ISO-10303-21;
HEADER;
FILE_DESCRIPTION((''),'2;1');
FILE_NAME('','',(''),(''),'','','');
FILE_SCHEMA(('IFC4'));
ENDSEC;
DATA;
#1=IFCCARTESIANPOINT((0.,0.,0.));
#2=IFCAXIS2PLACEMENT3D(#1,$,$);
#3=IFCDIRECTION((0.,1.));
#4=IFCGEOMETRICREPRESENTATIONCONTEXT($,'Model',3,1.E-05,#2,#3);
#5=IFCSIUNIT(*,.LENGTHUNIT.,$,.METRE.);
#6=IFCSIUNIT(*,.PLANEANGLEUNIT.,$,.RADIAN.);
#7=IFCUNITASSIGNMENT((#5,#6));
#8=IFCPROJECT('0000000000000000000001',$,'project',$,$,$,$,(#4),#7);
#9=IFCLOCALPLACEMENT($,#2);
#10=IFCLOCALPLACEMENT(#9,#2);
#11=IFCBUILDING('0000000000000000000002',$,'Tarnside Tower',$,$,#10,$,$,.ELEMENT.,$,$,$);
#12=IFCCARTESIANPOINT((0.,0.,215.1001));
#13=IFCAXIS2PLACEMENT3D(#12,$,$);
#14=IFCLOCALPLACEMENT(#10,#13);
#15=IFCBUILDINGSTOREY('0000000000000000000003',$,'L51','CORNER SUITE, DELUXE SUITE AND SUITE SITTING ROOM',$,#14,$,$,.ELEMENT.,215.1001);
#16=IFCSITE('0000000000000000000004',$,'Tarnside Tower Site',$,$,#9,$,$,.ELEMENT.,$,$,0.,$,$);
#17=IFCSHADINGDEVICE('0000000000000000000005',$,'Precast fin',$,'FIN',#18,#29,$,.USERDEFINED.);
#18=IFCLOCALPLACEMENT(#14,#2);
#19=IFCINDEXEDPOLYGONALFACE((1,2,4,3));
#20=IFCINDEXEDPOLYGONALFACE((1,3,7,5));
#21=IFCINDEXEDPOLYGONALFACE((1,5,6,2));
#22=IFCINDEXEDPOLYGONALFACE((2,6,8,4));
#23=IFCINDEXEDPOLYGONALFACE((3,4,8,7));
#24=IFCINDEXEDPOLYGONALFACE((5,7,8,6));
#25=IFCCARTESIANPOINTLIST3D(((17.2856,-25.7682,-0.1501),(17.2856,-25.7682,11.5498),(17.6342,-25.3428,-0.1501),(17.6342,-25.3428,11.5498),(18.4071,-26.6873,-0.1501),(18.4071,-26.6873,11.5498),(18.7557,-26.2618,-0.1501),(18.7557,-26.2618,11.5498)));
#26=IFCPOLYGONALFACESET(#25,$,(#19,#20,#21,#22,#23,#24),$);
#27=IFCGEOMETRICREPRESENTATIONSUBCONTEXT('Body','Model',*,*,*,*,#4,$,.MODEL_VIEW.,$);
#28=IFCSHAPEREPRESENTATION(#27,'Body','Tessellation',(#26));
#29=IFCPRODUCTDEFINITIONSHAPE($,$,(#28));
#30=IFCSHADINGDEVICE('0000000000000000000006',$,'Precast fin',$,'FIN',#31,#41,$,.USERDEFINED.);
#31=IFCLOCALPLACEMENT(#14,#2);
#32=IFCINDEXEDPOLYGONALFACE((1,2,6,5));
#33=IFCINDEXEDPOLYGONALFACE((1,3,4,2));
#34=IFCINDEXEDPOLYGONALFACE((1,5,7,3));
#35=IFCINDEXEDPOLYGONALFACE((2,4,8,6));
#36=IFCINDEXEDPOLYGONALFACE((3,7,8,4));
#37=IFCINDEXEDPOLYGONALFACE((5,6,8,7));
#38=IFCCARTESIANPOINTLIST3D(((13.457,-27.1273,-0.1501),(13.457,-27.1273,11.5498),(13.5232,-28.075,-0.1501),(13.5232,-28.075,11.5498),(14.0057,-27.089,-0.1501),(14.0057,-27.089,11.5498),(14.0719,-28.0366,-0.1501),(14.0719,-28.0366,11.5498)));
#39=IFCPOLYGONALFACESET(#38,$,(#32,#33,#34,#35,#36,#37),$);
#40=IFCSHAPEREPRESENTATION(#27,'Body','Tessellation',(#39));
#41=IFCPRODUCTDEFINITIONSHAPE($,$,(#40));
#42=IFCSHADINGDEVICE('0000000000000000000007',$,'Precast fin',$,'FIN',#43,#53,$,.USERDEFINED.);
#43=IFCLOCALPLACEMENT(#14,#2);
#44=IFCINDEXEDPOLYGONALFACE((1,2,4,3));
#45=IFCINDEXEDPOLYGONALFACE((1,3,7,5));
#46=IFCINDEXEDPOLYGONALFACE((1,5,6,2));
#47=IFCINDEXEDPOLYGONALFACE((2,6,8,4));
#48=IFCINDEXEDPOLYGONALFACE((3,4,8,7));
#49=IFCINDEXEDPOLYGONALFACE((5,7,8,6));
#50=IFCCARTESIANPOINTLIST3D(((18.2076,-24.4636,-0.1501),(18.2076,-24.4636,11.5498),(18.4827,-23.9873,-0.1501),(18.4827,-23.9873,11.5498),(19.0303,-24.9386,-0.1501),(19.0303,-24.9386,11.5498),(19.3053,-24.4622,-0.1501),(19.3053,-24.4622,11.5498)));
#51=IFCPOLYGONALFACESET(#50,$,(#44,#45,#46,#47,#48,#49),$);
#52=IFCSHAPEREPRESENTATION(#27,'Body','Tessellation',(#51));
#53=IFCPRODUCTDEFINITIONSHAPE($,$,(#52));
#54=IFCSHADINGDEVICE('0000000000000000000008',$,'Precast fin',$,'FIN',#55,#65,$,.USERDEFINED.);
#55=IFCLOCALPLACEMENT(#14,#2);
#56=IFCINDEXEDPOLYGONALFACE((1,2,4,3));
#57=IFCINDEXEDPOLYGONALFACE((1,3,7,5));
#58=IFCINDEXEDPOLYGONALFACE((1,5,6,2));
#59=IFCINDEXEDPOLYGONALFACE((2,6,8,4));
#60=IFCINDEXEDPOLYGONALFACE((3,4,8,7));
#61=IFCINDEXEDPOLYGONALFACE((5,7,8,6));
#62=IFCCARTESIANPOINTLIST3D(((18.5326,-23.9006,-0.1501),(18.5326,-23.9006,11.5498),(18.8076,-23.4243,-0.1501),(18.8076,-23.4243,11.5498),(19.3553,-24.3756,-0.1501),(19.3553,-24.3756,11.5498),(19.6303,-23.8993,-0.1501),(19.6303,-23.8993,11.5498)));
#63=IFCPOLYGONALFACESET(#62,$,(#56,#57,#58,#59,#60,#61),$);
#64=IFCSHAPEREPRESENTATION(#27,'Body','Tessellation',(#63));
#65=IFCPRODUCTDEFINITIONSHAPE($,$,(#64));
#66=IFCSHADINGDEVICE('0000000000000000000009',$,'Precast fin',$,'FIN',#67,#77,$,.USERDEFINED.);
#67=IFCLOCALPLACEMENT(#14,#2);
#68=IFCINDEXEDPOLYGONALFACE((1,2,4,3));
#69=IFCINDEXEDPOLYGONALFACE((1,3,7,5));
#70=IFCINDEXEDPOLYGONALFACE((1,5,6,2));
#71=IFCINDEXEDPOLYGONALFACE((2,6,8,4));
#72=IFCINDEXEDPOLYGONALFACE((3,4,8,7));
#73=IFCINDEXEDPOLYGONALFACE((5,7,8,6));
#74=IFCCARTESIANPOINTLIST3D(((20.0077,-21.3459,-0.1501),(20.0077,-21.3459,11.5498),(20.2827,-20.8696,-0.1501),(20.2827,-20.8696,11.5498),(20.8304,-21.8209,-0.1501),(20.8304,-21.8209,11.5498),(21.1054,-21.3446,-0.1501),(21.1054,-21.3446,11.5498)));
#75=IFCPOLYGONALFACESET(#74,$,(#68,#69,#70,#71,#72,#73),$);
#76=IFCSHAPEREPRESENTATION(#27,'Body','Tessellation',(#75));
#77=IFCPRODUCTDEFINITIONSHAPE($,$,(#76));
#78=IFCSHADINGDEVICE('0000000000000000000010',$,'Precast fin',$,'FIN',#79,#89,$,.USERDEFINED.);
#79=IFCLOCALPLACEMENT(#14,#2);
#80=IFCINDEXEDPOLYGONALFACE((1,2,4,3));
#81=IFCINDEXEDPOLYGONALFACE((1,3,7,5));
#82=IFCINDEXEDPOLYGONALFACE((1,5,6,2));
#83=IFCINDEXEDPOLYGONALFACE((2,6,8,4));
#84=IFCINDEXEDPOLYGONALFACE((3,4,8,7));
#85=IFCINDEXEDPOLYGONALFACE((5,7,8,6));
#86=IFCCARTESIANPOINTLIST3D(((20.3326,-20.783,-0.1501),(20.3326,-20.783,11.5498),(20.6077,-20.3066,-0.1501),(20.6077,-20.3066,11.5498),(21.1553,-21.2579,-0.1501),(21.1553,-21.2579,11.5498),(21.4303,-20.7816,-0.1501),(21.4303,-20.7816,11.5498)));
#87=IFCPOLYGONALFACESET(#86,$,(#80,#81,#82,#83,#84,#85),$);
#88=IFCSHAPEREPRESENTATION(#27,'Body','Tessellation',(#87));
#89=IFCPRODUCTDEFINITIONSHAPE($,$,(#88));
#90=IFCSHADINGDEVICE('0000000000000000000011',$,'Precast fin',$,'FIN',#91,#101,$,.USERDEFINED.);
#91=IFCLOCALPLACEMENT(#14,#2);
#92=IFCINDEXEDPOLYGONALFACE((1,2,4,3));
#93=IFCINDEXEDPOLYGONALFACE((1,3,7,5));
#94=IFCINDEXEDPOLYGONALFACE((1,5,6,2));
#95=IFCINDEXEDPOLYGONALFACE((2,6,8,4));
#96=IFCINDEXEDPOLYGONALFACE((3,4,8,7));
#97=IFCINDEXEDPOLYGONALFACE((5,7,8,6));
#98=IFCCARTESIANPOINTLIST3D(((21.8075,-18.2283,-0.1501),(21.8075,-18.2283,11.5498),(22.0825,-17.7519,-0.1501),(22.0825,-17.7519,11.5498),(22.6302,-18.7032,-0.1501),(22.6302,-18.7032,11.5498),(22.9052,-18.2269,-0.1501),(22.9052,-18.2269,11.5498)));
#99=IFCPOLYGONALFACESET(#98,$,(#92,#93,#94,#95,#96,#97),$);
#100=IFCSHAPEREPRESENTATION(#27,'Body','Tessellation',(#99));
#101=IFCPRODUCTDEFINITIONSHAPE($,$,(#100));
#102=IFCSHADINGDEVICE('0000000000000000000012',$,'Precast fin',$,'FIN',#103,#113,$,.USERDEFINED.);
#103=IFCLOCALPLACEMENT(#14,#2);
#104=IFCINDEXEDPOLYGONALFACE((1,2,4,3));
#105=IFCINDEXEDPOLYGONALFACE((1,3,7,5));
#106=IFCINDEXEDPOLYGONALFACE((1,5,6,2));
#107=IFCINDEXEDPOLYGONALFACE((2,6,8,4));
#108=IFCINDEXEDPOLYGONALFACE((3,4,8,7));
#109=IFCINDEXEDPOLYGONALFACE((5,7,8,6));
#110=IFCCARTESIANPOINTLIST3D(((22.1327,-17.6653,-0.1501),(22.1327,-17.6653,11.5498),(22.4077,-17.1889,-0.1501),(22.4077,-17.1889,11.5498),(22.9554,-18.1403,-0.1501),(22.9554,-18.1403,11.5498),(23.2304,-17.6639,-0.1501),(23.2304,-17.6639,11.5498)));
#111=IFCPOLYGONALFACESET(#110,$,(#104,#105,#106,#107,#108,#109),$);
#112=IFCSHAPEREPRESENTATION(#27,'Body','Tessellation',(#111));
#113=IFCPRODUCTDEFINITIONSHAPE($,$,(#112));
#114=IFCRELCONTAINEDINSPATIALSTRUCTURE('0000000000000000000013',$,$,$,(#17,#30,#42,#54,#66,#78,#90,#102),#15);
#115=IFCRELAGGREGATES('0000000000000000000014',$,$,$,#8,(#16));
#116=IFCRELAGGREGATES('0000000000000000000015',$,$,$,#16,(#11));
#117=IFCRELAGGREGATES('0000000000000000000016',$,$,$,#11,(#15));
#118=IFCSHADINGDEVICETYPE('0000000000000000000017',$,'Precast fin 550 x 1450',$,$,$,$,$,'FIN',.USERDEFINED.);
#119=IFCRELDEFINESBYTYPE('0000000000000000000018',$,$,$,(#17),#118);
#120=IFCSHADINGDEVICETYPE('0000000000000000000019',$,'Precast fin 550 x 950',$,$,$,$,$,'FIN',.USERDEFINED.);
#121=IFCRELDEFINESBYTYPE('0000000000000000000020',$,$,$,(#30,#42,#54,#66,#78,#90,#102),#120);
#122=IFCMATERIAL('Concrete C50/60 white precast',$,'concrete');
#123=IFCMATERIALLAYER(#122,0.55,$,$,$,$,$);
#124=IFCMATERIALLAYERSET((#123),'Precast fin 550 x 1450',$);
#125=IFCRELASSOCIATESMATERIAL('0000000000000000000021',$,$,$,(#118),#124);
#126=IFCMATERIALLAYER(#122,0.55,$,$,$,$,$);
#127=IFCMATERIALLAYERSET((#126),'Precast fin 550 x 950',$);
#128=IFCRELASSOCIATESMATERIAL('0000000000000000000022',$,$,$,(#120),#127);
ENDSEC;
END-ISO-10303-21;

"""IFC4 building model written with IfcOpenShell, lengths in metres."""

from ifc_helpers import new_model, si_unit, direction, frame, origin, place, context, subcontext, project, spatial, polyline, outline, extrude, material, layer, layer_set, type_object, element, save


model = new_model("IFC4")

# Units and contexts
model_context = context("Model", 3, precision=1e-05, world=origin(), true_north=direction((0.0, 1.0)))
body_context = subcontext(model_context, "Body", "Model", "MODEL_VIEW")
ifc_project = project(units=[si_unit("LENGTHUNIT", "METRE"), si_unit("PLANEANGLEUNIT", "RADIAN")], contexts=[model_context])

# Site, building, storey
site_placement = place(None, origin())
site = spatial("IfcSite", under=ifc_project, at=site_placement, Name="Tarnside Tower Site", CompositionType="ELEMENT", RefElevation=0.0)
building_placement = place(site_placement, origin())
building = spatial("IfcBuilding", under=site, at=building_placement, Name="Tarnside Tower", CompositionType="ELEMENT")
storey_placement = place(building_placement, frame((0.0, 0.0, 215.1001)))
storey = spatial("IfcBuildingStorey", under=building, at=storey_placement, Name="L51", Description="CORNER SUITE, DELUXE SUITE AND SUITE SITTING ROOM", CompositionType="ELEMENT", Elevation=215.1001)

# Shading devices
ifc_material_1 = material(Name="Concrete C50/60 white precast", Category="concrete")
ifc_layer_1 = layer(ifc_material_1, 0.55)
ifc_layer_set_1 = layer_set([ifc_layer_1], Name="Precast fin 550 x 1450")
shading_device_type_1 = type_object("IfcShadingDeviceType", Name="Precast fin 550 x 1450", ElementType="FIN", PredefinedType="USERDEFINED", material=ifc_layer_set_1)
for number, where, z_axis, x_axis, name in (
    (1, (17.46, -25.5554, -0.1501), (-0.633831, -0.773472, 0.0), (0.773472, -0.633831, 0.0), "Precast fin"),
):
    element("IfcShadingDevice", number, at=place(storey_placement, frame(where, z_axis=z_axis, x_axis=x_axis)), inside=storey, type_object=shading_device_type_1, Name=name, ObjectType="FIN", PredefinedType="USERDEFINED", context=body_context, shape_type="SweptSolid", body=[
        extrude(outline(polyline([(0.0, 0.0), (1.45, 0.0), (1.45, 11.7), (0.0, 11.7), (0.0, 0.0)])), frame((0.0, 0.0, -0.2749)), (0.0, 0.0, 1.0), 0.55),
    ])
ifc_layer_2 = layer(ifc_material_1, 0.55)
ifc_layer_set_2 = layer_set([ifc_layer_2], Name="Precast fin 550 x 950")
shading_device_type_2 = type_object("IfcShadingDeviceType", Name="Precast fin 550 x 950", ElementType="FIN", PredefinedType="USERDEFINED", material=ifc_layer_set_2)
for number, where, z_axis, x_axis, name in (
    (2, (13.7314, -27.1082, -0.1501), (-0.997564, -0.069756, 0.0), (0.069756, -0.997564, 0.0), "Precast fin"),
    (3, (18.3452, -24.2253, -0.1501), (-0.5, -0.866025, 0.0), (0.866025, -0.5, 0.0), "Precast fin"),
    (4, (18.6702, -23.6624, -0.1501), (-0.5, -0.866025, 0.0), (0.866025, -0.5, 0.0), "Precast fin"),
    (5, (20.1453, -21.1077, -0.1501), (-0.5, -0.866025, 0.0), (0.866025, -0.5, 0.0), "Precast fin"),
    (6, (20.4702, -20.5447, -0.1501), (-0.5, -0.866025, 0.0), (0.866025, -0.5, 0.0), "Precast fin"),
    (7, (21.9451, -17.99, -0.1501), (-0.5, -0.866025, 0.0), (0.866025, -0.5, 0.0), "Precast fin"),
    (8, (22.2703, -17.427, -0.1501), (-0.5, -0.866025, 0.0), (0.866025, -0.5, 0.0), "Precast fin"),
):
    element("IfcShadingDevice", number, at=place(storey_placement, frame(where, z_axis=z_axis, x_axis=x_axis)), inside=storey, type_object=shading_device_type_2, Name=name, ObjectType="FIN", PredefinedType="USERDEFINED", context=body_context, shape_type="SweptSolid", body=[
        extrude(outline(polyline([(0.0, 0.0), (0.95, 0.0), (0.95, 11.7), (0.0, 11.7), (0.0, 0.0)])), frame((0.0, 0.0, -0.2749)), (0.0, 0.0, 1.0), 0.55),
    ])

save(model, "model.ifc")
